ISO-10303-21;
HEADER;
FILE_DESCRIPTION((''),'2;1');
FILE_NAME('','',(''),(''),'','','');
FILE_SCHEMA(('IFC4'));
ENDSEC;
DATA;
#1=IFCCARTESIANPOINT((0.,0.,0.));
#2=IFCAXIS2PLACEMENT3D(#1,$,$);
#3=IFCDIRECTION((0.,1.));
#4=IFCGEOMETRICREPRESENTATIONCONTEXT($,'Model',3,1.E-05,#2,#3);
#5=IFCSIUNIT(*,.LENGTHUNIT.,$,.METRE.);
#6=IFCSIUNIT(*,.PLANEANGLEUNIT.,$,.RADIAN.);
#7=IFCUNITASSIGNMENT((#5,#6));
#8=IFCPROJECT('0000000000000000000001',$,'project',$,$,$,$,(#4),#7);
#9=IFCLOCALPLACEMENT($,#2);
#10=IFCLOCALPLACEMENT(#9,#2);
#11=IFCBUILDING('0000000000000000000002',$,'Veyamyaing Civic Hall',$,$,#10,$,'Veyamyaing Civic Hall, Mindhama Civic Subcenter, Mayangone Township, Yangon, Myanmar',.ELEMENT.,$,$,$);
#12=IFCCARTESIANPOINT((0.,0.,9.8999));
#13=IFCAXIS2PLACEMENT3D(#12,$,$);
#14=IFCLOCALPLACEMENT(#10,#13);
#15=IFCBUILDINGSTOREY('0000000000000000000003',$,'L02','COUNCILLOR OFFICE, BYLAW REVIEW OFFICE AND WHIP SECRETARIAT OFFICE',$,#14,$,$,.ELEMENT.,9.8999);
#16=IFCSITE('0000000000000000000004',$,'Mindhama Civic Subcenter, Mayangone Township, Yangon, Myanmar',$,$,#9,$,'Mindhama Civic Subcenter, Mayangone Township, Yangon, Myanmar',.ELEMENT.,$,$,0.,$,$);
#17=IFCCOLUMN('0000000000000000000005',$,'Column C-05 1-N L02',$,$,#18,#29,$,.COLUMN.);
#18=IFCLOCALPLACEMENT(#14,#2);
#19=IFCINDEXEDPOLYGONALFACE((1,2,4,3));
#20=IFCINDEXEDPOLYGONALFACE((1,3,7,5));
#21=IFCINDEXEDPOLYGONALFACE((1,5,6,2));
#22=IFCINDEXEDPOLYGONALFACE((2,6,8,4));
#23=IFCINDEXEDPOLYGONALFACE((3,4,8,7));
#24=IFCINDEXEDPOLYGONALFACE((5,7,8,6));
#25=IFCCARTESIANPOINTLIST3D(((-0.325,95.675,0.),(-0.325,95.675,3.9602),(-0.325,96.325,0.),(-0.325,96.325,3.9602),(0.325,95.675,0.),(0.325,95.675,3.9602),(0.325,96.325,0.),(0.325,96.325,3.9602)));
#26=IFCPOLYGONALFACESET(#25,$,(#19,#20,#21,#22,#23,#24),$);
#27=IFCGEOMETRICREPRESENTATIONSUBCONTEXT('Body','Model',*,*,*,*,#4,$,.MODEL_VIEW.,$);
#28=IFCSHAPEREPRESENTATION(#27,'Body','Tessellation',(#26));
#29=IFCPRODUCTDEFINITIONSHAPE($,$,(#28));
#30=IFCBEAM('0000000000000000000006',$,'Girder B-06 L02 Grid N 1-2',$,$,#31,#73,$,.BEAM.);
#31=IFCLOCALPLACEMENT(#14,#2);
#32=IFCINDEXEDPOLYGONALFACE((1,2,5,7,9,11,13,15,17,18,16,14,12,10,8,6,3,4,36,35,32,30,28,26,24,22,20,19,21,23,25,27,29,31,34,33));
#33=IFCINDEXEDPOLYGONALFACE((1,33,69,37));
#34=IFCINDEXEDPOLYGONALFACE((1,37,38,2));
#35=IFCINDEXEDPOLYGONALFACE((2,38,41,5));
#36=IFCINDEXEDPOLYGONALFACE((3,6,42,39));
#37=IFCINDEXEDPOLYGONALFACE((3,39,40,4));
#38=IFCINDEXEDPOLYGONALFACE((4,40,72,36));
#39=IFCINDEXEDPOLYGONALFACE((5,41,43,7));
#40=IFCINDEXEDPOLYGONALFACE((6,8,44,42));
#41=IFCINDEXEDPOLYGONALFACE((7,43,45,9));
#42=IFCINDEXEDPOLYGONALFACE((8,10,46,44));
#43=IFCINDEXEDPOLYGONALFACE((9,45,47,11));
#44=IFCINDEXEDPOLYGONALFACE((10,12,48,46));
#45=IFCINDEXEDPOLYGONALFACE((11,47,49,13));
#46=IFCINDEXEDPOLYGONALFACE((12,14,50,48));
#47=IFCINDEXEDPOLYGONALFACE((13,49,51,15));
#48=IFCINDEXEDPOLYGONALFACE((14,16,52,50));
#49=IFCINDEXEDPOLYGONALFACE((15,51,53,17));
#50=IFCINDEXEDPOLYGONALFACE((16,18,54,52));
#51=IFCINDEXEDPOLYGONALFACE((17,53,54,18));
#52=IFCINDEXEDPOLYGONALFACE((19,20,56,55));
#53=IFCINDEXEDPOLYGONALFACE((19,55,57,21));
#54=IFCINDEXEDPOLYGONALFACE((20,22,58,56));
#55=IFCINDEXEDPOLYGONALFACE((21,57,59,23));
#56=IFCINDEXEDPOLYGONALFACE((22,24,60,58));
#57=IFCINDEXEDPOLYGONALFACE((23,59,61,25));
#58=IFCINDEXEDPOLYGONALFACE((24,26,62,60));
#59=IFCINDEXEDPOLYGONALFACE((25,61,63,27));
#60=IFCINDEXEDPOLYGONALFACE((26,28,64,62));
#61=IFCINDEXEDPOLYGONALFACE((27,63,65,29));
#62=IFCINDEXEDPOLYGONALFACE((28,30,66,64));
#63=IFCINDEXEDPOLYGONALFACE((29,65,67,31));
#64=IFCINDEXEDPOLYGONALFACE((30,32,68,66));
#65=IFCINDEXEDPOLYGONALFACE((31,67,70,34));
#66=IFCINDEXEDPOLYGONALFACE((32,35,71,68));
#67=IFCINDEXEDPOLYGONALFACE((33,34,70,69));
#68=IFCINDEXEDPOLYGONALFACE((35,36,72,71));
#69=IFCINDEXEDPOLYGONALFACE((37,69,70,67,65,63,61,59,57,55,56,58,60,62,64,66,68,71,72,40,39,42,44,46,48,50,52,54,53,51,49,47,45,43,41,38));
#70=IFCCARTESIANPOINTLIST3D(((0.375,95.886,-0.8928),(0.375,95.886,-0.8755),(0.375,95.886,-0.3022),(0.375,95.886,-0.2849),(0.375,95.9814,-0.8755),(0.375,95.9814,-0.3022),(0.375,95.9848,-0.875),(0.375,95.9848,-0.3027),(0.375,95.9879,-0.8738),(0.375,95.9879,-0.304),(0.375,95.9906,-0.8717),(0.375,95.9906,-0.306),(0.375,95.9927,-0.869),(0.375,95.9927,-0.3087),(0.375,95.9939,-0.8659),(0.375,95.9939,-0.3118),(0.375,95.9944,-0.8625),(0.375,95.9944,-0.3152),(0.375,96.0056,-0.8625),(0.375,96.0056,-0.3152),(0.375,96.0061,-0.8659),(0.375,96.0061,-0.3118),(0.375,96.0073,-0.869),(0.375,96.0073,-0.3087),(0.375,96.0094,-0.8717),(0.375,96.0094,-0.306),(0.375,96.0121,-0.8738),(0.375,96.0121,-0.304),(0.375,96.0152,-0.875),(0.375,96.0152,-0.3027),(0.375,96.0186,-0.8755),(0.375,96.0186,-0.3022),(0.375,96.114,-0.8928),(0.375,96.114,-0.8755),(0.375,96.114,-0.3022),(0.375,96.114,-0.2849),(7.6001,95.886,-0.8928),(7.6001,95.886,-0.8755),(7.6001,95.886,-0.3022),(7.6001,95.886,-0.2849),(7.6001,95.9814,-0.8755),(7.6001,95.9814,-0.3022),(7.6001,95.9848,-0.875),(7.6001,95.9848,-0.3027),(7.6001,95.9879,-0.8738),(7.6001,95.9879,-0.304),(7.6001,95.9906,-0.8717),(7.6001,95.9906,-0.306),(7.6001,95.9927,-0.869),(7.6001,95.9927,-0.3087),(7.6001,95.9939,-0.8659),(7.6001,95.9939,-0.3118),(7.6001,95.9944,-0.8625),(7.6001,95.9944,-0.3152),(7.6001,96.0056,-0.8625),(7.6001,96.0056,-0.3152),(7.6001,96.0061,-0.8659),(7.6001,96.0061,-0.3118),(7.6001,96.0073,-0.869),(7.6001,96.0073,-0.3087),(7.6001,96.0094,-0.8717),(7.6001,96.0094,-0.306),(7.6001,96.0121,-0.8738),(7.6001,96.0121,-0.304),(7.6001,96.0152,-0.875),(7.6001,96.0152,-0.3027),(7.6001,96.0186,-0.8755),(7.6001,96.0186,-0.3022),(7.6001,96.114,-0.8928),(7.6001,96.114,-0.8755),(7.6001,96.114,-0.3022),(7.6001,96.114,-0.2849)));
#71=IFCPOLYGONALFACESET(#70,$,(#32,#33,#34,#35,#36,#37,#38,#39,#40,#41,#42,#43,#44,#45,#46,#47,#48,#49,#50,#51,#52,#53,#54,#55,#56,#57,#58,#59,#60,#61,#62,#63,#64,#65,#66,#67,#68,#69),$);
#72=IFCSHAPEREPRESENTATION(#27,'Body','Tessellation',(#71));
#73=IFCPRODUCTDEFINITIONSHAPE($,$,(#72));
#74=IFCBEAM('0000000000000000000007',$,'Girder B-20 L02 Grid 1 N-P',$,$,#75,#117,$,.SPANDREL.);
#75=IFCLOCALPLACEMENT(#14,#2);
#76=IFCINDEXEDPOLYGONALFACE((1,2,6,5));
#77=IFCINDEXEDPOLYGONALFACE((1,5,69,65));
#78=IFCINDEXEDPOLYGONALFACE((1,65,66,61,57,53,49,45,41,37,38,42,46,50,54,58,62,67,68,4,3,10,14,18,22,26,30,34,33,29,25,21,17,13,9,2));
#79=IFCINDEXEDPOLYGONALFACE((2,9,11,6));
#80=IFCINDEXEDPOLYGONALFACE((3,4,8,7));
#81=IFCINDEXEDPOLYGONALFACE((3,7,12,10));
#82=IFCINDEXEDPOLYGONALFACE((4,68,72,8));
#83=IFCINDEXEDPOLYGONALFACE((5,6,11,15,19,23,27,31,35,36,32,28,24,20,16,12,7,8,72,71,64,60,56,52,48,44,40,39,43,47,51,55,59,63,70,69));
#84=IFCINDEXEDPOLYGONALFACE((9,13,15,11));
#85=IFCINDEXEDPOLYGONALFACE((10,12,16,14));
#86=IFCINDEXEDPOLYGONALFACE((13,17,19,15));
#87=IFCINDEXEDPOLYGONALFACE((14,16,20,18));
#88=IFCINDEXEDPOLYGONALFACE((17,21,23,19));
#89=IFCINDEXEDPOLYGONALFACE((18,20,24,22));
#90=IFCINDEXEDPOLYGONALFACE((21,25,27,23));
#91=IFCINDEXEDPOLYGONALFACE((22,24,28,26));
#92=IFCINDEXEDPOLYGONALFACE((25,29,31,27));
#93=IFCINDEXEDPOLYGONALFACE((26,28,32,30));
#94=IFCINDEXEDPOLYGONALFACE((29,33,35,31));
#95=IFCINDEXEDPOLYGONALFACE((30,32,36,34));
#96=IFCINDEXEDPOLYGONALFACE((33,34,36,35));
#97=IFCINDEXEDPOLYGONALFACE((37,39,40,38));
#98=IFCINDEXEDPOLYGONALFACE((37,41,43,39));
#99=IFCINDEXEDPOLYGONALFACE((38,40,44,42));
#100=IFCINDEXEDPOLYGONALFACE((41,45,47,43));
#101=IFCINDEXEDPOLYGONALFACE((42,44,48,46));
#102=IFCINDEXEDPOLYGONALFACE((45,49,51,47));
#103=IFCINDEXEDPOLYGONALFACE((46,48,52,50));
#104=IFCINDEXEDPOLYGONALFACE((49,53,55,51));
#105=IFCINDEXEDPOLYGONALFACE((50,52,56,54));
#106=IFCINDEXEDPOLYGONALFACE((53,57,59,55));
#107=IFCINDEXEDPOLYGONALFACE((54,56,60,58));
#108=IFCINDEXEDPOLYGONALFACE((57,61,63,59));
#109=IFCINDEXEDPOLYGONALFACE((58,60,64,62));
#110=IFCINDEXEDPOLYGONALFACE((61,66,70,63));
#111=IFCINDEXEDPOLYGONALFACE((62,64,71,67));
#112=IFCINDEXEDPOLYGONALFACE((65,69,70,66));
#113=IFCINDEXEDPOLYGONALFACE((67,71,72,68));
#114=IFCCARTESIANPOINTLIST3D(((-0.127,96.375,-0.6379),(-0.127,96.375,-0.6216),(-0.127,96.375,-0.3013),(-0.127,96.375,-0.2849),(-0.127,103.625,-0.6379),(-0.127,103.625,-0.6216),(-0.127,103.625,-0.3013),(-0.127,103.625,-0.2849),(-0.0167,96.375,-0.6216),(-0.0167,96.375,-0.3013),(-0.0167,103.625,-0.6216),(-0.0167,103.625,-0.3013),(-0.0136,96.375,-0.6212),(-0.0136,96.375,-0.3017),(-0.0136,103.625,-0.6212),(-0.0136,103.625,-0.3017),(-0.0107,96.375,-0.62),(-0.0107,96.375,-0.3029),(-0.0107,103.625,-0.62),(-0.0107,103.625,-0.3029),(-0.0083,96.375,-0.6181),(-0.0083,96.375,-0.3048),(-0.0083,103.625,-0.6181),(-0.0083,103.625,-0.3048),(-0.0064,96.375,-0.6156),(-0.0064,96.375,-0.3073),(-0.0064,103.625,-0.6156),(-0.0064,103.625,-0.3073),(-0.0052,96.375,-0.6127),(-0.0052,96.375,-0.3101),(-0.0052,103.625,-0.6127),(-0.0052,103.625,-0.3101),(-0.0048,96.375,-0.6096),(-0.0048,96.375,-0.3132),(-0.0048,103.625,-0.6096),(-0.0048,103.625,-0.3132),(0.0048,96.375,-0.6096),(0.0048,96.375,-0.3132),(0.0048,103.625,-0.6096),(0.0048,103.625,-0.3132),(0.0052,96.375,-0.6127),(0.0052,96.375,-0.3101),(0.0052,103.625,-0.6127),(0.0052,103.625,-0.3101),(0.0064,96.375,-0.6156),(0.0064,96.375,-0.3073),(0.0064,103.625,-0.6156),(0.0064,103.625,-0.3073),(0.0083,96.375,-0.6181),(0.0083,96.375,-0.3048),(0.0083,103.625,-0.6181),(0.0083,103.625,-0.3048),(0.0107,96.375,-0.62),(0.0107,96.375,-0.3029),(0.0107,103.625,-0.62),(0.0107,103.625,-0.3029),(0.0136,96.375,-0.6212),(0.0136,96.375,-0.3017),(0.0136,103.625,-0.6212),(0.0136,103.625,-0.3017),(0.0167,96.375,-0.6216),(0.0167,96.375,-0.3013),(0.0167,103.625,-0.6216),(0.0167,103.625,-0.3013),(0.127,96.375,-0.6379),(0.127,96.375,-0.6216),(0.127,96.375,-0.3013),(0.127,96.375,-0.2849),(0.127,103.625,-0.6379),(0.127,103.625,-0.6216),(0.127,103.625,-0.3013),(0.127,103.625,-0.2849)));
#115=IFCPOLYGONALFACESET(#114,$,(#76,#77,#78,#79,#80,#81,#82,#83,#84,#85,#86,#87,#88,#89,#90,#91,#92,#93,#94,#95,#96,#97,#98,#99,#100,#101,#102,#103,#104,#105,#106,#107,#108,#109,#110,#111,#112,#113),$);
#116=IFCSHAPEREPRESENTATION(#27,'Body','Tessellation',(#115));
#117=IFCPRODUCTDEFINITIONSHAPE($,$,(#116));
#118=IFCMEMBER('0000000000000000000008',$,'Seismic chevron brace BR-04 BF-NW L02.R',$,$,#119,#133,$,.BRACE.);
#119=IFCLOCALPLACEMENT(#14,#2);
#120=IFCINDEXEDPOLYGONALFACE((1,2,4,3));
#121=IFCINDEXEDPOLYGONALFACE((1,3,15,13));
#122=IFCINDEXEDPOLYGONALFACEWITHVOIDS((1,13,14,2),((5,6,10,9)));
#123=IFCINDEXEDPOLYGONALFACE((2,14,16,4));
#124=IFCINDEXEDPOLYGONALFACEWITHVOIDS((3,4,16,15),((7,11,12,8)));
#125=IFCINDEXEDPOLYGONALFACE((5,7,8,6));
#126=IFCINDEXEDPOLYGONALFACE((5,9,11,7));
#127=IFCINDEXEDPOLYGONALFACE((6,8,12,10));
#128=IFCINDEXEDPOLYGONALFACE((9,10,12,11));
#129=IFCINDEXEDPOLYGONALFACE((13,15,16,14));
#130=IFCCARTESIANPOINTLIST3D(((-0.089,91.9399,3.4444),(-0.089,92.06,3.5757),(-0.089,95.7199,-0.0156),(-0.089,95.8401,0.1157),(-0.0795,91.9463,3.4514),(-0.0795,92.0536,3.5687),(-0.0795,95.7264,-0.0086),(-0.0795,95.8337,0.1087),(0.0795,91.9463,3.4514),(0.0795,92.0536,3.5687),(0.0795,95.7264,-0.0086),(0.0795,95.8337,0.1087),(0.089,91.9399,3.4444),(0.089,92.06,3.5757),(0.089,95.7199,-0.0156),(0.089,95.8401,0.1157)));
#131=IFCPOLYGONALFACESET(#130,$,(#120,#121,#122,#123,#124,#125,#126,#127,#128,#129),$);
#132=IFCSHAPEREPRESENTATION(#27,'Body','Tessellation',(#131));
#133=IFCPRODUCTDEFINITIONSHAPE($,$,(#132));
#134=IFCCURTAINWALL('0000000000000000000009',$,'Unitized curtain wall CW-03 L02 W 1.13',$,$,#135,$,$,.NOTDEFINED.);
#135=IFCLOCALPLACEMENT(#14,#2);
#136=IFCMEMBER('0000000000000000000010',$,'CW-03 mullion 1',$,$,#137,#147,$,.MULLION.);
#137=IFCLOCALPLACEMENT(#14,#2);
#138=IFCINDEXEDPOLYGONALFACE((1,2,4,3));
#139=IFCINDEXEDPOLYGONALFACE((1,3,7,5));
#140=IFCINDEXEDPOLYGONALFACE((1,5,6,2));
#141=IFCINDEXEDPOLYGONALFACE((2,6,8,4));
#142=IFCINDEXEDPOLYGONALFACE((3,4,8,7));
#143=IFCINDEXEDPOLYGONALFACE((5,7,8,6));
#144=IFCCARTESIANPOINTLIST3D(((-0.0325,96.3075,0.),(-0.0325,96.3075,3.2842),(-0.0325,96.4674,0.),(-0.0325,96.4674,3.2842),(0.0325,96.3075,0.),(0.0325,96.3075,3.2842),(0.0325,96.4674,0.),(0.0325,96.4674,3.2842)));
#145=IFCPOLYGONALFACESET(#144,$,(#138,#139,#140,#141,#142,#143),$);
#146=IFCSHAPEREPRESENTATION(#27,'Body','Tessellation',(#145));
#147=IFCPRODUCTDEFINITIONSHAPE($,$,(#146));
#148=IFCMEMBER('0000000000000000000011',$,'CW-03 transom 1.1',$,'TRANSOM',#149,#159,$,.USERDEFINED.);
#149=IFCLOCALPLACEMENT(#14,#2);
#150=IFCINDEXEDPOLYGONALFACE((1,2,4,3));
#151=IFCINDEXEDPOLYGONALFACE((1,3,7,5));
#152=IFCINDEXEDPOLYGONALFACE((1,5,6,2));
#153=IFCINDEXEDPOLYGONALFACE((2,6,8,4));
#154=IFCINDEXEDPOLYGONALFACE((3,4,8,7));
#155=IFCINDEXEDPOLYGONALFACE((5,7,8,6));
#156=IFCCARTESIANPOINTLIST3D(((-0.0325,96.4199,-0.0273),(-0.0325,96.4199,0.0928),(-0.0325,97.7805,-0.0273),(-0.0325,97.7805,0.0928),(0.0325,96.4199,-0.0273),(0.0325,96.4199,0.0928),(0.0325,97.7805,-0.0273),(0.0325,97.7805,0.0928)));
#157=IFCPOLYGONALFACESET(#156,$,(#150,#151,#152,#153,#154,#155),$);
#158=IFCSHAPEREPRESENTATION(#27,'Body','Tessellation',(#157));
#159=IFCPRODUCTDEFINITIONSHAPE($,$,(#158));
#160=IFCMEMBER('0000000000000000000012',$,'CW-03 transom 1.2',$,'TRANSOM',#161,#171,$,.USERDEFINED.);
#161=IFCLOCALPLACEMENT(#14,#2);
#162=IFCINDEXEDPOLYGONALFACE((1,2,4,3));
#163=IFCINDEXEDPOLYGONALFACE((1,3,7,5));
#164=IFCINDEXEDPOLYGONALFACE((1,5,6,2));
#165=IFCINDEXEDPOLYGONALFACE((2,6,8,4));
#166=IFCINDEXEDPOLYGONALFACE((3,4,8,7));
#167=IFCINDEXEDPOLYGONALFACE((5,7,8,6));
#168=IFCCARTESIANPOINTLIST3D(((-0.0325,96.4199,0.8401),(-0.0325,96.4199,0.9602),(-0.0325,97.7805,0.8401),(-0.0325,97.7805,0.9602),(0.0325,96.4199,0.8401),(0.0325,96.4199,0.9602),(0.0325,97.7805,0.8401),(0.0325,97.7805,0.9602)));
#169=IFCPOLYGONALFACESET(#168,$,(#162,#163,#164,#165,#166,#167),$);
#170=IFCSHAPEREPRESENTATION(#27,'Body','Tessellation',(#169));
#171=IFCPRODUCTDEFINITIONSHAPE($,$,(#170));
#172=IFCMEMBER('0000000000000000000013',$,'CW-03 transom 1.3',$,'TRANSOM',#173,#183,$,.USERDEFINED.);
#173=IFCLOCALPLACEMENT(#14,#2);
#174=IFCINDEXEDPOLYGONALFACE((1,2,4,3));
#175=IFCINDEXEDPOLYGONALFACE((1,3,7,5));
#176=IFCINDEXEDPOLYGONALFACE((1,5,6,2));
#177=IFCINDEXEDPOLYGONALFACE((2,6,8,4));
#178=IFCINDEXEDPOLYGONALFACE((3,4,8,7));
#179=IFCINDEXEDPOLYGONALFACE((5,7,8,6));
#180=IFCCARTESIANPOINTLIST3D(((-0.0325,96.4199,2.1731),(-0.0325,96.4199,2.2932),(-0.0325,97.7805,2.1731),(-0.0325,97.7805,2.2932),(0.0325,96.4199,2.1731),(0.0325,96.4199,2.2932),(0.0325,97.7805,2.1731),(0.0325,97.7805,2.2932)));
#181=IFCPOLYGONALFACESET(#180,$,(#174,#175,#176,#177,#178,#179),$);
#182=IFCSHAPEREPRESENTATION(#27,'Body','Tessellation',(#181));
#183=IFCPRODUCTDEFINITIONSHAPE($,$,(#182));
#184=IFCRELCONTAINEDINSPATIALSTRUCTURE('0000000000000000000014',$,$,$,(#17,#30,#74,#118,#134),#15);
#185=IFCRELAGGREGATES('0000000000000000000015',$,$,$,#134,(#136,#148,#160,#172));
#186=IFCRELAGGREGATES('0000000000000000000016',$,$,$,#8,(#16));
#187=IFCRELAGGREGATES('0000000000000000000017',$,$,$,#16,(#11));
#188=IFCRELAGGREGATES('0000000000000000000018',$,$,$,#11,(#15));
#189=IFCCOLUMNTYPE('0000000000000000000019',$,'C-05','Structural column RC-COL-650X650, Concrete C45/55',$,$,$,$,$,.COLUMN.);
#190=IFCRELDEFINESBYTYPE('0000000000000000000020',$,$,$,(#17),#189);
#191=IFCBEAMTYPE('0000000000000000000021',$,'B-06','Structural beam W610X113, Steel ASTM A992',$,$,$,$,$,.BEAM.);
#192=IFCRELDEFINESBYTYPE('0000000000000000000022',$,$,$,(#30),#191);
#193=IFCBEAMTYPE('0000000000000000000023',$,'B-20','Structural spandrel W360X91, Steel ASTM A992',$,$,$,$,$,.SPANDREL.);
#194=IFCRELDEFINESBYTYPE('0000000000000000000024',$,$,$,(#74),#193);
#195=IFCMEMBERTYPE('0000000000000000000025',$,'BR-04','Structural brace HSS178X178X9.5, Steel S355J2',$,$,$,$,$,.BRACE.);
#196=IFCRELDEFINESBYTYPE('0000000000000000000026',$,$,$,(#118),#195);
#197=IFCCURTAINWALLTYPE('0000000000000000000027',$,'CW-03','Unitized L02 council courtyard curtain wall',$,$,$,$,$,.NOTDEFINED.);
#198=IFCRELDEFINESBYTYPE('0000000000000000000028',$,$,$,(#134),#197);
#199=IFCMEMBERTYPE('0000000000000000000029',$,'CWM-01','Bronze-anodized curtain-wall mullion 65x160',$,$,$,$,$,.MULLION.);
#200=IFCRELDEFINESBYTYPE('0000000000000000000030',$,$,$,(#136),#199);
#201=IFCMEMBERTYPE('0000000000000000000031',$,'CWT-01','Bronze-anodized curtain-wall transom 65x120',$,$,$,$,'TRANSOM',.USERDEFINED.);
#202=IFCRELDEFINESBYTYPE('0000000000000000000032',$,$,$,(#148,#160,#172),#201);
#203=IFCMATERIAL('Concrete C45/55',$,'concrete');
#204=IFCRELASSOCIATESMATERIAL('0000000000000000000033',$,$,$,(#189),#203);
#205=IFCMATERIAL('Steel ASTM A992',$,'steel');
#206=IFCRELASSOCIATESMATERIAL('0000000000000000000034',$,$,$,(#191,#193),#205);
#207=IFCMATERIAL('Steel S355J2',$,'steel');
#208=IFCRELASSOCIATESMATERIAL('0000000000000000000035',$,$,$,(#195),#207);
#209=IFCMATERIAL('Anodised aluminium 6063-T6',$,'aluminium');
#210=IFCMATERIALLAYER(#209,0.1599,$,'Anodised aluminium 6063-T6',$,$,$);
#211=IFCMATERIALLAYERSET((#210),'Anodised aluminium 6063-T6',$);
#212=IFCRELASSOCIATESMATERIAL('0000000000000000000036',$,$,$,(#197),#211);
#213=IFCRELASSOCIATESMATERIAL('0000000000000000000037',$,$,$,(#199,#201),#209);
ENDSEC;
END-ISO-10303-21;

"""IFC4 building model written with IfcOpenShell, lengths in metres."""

from ifc_helpers import new_model, si_unit, direction, frame, origin, origin_2d, place, context, subcontext, project, spatial, rectangle, hollow_rectangle, i_section, extrude, material, layer, layer_set, material_profile, profile_set, type_object, element, aggregate, save


model = new_model("IFC4")

# Units and contexts
model_context = context("Model", 3, precision=1e-05, world=origin(), true_north=direction((0.0, 1.0)))
body_context = subcontext(model_context, "Body", "Model", "MODEL_VIEW")
ifc_project = project(units=[si_unit("LENGTHUNIT", "METRE"), si_unit("PLANEANGLEUNIT", "RADIAN")], contexts=[model_context])

# Site, building, storey
site_placement = place(None, origin())
site = spatial("IfcSite", under=ifc_project, at=site_placement, Name="Mindhama Civic Subcenter, Mayangone Township, Yangon, Myanmar", LongName="Mindhama Civic Subcenter, Mayangone Township, Yangon, Myanmar", CompositionType="ELEMENT", RefElevation=0.0)
building_placement = place(site_placement, origin())
building = spatial("IfcBuilding", under=site, at=building_placement, Name="Veyamyaing Civic Hall", LongName="Veyamyaing Civic Hall, Mindhama Civic Subcenter, Mayangone Township, Yangon, Myanmar", CompositionType="ELEMENT")
storey_placement = place(building_placement, frame((0.0, 0.0, 9.8999)))
storey = spatial("IfcBuildingStorey", under=building, at=storey_placement, Name="L02", Description="COUNCILLOR OFFICE, BYLAW REVIEW OFFICE AND WHIP SECRETARIAT OFFICE", CompositionType="ELEMENT", Elevation=9.8999)

# Column
ifc_material_1 = material(Name="Concrete C45/55", Category="concrete")
ifc_material_profile_1 = material_profile(ifc_material_1, rectangle(XDim=0.6499, YDim=0.6499, at=origin_2d()), Name="RC-COL-650X650")
ifc_profile_set_1 = profile_set([ifc_material_profile_1], Name="Concrete C45/55")
column_type = type_object("IfcColumnType", Name="C-05", Description="Structural column RC-COL-650X650, Concrete C45/55", PredefinedType="COLUMN", material=ifc_profile_set_1)
column_placement = place(storey_placement, frame((0.0, 96.0, 0.0), z_axis=(0.0, 0.0, 1.0), x_axis=(1.0, 0.0, 0.0)))
element("IfcColumn", 1, at=column_placement, inside=storey, type_object=column_type, Name="Column C-05 1-N L02", PredefinedType="COLUMN", context=body_context, shape_type="SweptSolid", body=[
    extrude(rectangle(XDim=0.6499, YDim=0.6499, at=origin_2d()), origin(), (0.0, 0.0, 1.0), 3.9602),
])

# Beams
ifc_material_2 = material(Name="Steel ASTM A992", Category="steel")
ifc_material_profile_2 = material_profile(ifc_material_2, i_section(OverallWidth=0.228, OverallDepth=0.6079, WebThickness=0.0112, FlangeThickness=0.0173, FilletRadius=0.0129, at=origin_2d()), Name="W610X113")
ifc_profile_set_2 = profile_set([ifc_material_profile_2], Name="Steel ASTM A992")
beam_type_1 = type_object("IfcBeamType", Name="B-06", Description="Structural beam W610X113, Steel ASTM A992", PredefinedType="BEAM", material=ifc_profile_set_2)
beam_1_placement = place(storey_placement, frame((0.375, 96.0, -0.5889), z_axis=(1.0, 0.0, 0.0), x_axis=(0.0, 1.0, 0.0)))
element("IfcBeam", 2, at=beam_1_placement, inside=storey, type_object=beam_type_1, Name="Girder B-06 L02 Grid N 1-2", PredefinedType="BEAM", context=body_context, shape_type="SweptSolid", body=[
    extrude(i_section(OverallWidth=0.228, OverallDepth=0.6079, WebThickness=0.0112, FlangeThickness=0.0173, FilletRadius=0.0129, at=origin_2d()), origin(), (0.0, 0.0, 1.0), 7.2251),
])
ifc_material_profile_3 = material_profile(ifc_material_2, i_section(OverallWidth=0.2539, OverallDepth=0.353, WebThickness=0.0095, FlangeThickness=0.0164, FilletRadius=0.012, at=origin_2d()), Name="W360X91")
ifc_profile_set_3 = profile_set([ifc_material_profile_3], Name="Steel ASTM A992")
beam_type_2 = type_object("IfcBeamType", Name="B-20", Description="Structural spandrel W360X91, Steel ASTM A992", PredefinedType="SPANDREL", material=ifc_profile_set_3)
beam_2_placement = place(storey_placement, frame((0.0, 96.375, -0.4614), z_axis=(0.0, 1.0, 0.0), x_axis=(-1.0, 0.0, 0.0)))
element("IfcBeam", 3, at=beam_2_placement, inside=storey, type_object=beam_type_2, Name="Girder B-20 L02 Grid 1 N-P", PredefinedType="SPANDREL", context=body_context, shape_type="SweptSolid", body=[
    extrude(i_section(OverallWidth=0.2539, OverallDepth=0.353, WebThickness=0.0095, FlangeThickness=0.0164, FilletRadius=0.012, at=origin_2d()), origin(), (0.0, 0.0, 1.0), 7.25),
])

# Member
ifc_material_3 = material(Name="Steel S355J2", Category="steel")
ifc_material_profile_4 = material_profile(ifc_material_3, hollow_rectangle(XDim=0.178, YDim=0.178, WallThickness=0.0095, at=origin_2d()), Name="HSS178X178X9.5")
ifc_profile_set_4 = profile_set([ifc_material_profile_4], Name="Steel S355J2")
member_type_1 = type_object("IfcMemberType", Name="BR-04", Description="Structural brace HSS178X178X9.5, Steel S355J2", PredefinedType="BRACE", material=ifc_profile_set_4)
member_1_placement = place(storey_placement, frame((0.0, 95.78, 0.05), z_axis=(0.0, -0.737646, 0.675187), x_axis=(1.0, 0.0, 0.0)))
element("IfcMember", 4, at=member_1_placement, inside=storey, type_object=member_type_1, Name="Seismic chevron brace BR-04 BF-NW L02.R", PredefinedType="BRACE", context=body_context, shape_type="SweptSolid", body=[
    extrude(hollow_rectangle(XDim=0.178, YDim=0.178, WallThickness=0.0095, at=origin_2d()), origin(), (0.0, 0.0, 1.0), 5.1245),
])

# Curtain wall, members
ifc_material_4 = material(Name="Anodised aluminium 6063-T6", Category="aluminium")
ifc_layer_1 = layer(ifc_material_4, 0.1599, Name="Anodised aluminium 6063-T6")
ifc_layer_set_1 = layer_set([ifc_layer_1], Name="Anodised aluminium 6063-T6")
curtain_wall_type = type_object("IfcCurtainWallType", Name="CW-03", Description="Unitized L02 council courtyard curtain wall", PredefinedType="NOTDEFINED", material=ifc_layer_set_1)
curtain_wall_placement = place(storey_placement, origin())
curtain_wall = element("IfcCurtainWall", 5, at=curtain_wall_placement, inside=storey, type_object=curtain_wall_type, Name="Unitized curtain wall CW-03 L02 W 1.13", PredefinedType="NOTDEFINED")
ifc_material_profile_5 = material_profile(ifc_material_4, rectangle(XDim=0.0649, YDim=0.1599, at=origin_2d()), Name="ALU-MUL-65X160")
ifc_profile_set_5 = profile_set([ifc_material_profile_5], Name="Anodised aluminium 6063-T6")
member_type_2 = type_object("IfcMemberType", Name="CWM-01", Description="Bronze-anodized curtain-wall mullion 65x160", PredefinedType="MULLION", material=ifc_profile_set_5)
member_2_placement = place(storey_placement, frame((0.0, 96.3875, 0.0), z_axis=(0.0, 0.0, 1.0), x_axis=(-1.0, 0.0, 0.0)))
member_2 = element("IfcMember", 6, at=member_2_placement, type_object=member_type_2, Name="CW-03 mullion 1", PredefinedType="MULLION", context=body_context, shape_type="SweptSolid", body=[
    extrude(rectangle(XDim=0.0649, YDim=0.1599, at=origin_2d()), origin(), (0.0, 0.0, 1.0), 3.2842),
])
ifc_material_profile_6 = material_profile(ifc_material_4, rectangle(XDim=0.0649, YDim=0.1201, at=origin_2d()), Name="ALU-TRN-65X120")
ifc_profile_set_6 = profile_set([ifc_material_profile_6], Name="Anodised aluminium 6063-T6")
member_type_3 = type_object("IfcMemberType", Name="CWT-01", Description="Bronze-anodized curtain-wall transom 65x120", ElementType="TRANSOM", PredefinedType="USERDEFINED", material=ifc_profile_set_6)
member_3_placement = place(storey_placement, frame((0.0, 96.4199, 0.0327), z_axis=(0.0, 1.0, 0.0), x_axis=(-1.0, 0.0, 0.0)))
member_3 = element("IfcMember", 7, at=member_3_placement, type_object=member_type_3, Name="CW-03 transom 1.1", ObjectType="TRANSOM", PredefinedType="USERDEFINED", context=body_context, shape_type="SweptSolid", body=[
    extrude(rectangle(XDim=0.0649, YDim=0.1201, at=origin_2d()), origin(), (0.0, 0.0, 1.0), 1.3606),
])
member_4_placement = place(storey_placement, frame((0.0, 96.4199, 0.9001), z_axis=(0.0, 1.0, 0.0), x_axis=(-1.0, 0.0, 0.0)))
member_4 = element("IfcMember", 8, at=member_4_placement, type_object=member_type_3, Name="CW-03 transom 1.2", ObjectType="TRANSOM", PredefinedType="USERDEFINED", context=body_context, shape_type="SweptSolid", body=[
    extrude(rectangle(XDim=0.0649, YDim=0.1201, at=origin_2d()), origin(), (0.0, 0.0, 1.0), 1.3606),
])
member_5_placement = place(storey_placement, frame((0.0, 96.4199, 2.2332), z_axis=(0.0, 1.0, 0.0), x_axis=(-1.0, 0.0, 0.0)))
member_5 = element("IfcMember", 9, at=member_5_placement, type_object=member_type_3, Name="CW-03 transom 1.3", ObjectType="TRANSOM", PredefinedType="USERDEFINED", context=body_context, shape_type="SweptSolid", body=[
    extrude(rectangle(XDim=0.0649, YDim=0.1201, at=origin_2d()), origin(), (0.0, 0.0, 1.0), 1.3606),
])

aggregate(curtain_wall, [member_2, member_3, member_4, member_5])

save(model, "model.ifc")
